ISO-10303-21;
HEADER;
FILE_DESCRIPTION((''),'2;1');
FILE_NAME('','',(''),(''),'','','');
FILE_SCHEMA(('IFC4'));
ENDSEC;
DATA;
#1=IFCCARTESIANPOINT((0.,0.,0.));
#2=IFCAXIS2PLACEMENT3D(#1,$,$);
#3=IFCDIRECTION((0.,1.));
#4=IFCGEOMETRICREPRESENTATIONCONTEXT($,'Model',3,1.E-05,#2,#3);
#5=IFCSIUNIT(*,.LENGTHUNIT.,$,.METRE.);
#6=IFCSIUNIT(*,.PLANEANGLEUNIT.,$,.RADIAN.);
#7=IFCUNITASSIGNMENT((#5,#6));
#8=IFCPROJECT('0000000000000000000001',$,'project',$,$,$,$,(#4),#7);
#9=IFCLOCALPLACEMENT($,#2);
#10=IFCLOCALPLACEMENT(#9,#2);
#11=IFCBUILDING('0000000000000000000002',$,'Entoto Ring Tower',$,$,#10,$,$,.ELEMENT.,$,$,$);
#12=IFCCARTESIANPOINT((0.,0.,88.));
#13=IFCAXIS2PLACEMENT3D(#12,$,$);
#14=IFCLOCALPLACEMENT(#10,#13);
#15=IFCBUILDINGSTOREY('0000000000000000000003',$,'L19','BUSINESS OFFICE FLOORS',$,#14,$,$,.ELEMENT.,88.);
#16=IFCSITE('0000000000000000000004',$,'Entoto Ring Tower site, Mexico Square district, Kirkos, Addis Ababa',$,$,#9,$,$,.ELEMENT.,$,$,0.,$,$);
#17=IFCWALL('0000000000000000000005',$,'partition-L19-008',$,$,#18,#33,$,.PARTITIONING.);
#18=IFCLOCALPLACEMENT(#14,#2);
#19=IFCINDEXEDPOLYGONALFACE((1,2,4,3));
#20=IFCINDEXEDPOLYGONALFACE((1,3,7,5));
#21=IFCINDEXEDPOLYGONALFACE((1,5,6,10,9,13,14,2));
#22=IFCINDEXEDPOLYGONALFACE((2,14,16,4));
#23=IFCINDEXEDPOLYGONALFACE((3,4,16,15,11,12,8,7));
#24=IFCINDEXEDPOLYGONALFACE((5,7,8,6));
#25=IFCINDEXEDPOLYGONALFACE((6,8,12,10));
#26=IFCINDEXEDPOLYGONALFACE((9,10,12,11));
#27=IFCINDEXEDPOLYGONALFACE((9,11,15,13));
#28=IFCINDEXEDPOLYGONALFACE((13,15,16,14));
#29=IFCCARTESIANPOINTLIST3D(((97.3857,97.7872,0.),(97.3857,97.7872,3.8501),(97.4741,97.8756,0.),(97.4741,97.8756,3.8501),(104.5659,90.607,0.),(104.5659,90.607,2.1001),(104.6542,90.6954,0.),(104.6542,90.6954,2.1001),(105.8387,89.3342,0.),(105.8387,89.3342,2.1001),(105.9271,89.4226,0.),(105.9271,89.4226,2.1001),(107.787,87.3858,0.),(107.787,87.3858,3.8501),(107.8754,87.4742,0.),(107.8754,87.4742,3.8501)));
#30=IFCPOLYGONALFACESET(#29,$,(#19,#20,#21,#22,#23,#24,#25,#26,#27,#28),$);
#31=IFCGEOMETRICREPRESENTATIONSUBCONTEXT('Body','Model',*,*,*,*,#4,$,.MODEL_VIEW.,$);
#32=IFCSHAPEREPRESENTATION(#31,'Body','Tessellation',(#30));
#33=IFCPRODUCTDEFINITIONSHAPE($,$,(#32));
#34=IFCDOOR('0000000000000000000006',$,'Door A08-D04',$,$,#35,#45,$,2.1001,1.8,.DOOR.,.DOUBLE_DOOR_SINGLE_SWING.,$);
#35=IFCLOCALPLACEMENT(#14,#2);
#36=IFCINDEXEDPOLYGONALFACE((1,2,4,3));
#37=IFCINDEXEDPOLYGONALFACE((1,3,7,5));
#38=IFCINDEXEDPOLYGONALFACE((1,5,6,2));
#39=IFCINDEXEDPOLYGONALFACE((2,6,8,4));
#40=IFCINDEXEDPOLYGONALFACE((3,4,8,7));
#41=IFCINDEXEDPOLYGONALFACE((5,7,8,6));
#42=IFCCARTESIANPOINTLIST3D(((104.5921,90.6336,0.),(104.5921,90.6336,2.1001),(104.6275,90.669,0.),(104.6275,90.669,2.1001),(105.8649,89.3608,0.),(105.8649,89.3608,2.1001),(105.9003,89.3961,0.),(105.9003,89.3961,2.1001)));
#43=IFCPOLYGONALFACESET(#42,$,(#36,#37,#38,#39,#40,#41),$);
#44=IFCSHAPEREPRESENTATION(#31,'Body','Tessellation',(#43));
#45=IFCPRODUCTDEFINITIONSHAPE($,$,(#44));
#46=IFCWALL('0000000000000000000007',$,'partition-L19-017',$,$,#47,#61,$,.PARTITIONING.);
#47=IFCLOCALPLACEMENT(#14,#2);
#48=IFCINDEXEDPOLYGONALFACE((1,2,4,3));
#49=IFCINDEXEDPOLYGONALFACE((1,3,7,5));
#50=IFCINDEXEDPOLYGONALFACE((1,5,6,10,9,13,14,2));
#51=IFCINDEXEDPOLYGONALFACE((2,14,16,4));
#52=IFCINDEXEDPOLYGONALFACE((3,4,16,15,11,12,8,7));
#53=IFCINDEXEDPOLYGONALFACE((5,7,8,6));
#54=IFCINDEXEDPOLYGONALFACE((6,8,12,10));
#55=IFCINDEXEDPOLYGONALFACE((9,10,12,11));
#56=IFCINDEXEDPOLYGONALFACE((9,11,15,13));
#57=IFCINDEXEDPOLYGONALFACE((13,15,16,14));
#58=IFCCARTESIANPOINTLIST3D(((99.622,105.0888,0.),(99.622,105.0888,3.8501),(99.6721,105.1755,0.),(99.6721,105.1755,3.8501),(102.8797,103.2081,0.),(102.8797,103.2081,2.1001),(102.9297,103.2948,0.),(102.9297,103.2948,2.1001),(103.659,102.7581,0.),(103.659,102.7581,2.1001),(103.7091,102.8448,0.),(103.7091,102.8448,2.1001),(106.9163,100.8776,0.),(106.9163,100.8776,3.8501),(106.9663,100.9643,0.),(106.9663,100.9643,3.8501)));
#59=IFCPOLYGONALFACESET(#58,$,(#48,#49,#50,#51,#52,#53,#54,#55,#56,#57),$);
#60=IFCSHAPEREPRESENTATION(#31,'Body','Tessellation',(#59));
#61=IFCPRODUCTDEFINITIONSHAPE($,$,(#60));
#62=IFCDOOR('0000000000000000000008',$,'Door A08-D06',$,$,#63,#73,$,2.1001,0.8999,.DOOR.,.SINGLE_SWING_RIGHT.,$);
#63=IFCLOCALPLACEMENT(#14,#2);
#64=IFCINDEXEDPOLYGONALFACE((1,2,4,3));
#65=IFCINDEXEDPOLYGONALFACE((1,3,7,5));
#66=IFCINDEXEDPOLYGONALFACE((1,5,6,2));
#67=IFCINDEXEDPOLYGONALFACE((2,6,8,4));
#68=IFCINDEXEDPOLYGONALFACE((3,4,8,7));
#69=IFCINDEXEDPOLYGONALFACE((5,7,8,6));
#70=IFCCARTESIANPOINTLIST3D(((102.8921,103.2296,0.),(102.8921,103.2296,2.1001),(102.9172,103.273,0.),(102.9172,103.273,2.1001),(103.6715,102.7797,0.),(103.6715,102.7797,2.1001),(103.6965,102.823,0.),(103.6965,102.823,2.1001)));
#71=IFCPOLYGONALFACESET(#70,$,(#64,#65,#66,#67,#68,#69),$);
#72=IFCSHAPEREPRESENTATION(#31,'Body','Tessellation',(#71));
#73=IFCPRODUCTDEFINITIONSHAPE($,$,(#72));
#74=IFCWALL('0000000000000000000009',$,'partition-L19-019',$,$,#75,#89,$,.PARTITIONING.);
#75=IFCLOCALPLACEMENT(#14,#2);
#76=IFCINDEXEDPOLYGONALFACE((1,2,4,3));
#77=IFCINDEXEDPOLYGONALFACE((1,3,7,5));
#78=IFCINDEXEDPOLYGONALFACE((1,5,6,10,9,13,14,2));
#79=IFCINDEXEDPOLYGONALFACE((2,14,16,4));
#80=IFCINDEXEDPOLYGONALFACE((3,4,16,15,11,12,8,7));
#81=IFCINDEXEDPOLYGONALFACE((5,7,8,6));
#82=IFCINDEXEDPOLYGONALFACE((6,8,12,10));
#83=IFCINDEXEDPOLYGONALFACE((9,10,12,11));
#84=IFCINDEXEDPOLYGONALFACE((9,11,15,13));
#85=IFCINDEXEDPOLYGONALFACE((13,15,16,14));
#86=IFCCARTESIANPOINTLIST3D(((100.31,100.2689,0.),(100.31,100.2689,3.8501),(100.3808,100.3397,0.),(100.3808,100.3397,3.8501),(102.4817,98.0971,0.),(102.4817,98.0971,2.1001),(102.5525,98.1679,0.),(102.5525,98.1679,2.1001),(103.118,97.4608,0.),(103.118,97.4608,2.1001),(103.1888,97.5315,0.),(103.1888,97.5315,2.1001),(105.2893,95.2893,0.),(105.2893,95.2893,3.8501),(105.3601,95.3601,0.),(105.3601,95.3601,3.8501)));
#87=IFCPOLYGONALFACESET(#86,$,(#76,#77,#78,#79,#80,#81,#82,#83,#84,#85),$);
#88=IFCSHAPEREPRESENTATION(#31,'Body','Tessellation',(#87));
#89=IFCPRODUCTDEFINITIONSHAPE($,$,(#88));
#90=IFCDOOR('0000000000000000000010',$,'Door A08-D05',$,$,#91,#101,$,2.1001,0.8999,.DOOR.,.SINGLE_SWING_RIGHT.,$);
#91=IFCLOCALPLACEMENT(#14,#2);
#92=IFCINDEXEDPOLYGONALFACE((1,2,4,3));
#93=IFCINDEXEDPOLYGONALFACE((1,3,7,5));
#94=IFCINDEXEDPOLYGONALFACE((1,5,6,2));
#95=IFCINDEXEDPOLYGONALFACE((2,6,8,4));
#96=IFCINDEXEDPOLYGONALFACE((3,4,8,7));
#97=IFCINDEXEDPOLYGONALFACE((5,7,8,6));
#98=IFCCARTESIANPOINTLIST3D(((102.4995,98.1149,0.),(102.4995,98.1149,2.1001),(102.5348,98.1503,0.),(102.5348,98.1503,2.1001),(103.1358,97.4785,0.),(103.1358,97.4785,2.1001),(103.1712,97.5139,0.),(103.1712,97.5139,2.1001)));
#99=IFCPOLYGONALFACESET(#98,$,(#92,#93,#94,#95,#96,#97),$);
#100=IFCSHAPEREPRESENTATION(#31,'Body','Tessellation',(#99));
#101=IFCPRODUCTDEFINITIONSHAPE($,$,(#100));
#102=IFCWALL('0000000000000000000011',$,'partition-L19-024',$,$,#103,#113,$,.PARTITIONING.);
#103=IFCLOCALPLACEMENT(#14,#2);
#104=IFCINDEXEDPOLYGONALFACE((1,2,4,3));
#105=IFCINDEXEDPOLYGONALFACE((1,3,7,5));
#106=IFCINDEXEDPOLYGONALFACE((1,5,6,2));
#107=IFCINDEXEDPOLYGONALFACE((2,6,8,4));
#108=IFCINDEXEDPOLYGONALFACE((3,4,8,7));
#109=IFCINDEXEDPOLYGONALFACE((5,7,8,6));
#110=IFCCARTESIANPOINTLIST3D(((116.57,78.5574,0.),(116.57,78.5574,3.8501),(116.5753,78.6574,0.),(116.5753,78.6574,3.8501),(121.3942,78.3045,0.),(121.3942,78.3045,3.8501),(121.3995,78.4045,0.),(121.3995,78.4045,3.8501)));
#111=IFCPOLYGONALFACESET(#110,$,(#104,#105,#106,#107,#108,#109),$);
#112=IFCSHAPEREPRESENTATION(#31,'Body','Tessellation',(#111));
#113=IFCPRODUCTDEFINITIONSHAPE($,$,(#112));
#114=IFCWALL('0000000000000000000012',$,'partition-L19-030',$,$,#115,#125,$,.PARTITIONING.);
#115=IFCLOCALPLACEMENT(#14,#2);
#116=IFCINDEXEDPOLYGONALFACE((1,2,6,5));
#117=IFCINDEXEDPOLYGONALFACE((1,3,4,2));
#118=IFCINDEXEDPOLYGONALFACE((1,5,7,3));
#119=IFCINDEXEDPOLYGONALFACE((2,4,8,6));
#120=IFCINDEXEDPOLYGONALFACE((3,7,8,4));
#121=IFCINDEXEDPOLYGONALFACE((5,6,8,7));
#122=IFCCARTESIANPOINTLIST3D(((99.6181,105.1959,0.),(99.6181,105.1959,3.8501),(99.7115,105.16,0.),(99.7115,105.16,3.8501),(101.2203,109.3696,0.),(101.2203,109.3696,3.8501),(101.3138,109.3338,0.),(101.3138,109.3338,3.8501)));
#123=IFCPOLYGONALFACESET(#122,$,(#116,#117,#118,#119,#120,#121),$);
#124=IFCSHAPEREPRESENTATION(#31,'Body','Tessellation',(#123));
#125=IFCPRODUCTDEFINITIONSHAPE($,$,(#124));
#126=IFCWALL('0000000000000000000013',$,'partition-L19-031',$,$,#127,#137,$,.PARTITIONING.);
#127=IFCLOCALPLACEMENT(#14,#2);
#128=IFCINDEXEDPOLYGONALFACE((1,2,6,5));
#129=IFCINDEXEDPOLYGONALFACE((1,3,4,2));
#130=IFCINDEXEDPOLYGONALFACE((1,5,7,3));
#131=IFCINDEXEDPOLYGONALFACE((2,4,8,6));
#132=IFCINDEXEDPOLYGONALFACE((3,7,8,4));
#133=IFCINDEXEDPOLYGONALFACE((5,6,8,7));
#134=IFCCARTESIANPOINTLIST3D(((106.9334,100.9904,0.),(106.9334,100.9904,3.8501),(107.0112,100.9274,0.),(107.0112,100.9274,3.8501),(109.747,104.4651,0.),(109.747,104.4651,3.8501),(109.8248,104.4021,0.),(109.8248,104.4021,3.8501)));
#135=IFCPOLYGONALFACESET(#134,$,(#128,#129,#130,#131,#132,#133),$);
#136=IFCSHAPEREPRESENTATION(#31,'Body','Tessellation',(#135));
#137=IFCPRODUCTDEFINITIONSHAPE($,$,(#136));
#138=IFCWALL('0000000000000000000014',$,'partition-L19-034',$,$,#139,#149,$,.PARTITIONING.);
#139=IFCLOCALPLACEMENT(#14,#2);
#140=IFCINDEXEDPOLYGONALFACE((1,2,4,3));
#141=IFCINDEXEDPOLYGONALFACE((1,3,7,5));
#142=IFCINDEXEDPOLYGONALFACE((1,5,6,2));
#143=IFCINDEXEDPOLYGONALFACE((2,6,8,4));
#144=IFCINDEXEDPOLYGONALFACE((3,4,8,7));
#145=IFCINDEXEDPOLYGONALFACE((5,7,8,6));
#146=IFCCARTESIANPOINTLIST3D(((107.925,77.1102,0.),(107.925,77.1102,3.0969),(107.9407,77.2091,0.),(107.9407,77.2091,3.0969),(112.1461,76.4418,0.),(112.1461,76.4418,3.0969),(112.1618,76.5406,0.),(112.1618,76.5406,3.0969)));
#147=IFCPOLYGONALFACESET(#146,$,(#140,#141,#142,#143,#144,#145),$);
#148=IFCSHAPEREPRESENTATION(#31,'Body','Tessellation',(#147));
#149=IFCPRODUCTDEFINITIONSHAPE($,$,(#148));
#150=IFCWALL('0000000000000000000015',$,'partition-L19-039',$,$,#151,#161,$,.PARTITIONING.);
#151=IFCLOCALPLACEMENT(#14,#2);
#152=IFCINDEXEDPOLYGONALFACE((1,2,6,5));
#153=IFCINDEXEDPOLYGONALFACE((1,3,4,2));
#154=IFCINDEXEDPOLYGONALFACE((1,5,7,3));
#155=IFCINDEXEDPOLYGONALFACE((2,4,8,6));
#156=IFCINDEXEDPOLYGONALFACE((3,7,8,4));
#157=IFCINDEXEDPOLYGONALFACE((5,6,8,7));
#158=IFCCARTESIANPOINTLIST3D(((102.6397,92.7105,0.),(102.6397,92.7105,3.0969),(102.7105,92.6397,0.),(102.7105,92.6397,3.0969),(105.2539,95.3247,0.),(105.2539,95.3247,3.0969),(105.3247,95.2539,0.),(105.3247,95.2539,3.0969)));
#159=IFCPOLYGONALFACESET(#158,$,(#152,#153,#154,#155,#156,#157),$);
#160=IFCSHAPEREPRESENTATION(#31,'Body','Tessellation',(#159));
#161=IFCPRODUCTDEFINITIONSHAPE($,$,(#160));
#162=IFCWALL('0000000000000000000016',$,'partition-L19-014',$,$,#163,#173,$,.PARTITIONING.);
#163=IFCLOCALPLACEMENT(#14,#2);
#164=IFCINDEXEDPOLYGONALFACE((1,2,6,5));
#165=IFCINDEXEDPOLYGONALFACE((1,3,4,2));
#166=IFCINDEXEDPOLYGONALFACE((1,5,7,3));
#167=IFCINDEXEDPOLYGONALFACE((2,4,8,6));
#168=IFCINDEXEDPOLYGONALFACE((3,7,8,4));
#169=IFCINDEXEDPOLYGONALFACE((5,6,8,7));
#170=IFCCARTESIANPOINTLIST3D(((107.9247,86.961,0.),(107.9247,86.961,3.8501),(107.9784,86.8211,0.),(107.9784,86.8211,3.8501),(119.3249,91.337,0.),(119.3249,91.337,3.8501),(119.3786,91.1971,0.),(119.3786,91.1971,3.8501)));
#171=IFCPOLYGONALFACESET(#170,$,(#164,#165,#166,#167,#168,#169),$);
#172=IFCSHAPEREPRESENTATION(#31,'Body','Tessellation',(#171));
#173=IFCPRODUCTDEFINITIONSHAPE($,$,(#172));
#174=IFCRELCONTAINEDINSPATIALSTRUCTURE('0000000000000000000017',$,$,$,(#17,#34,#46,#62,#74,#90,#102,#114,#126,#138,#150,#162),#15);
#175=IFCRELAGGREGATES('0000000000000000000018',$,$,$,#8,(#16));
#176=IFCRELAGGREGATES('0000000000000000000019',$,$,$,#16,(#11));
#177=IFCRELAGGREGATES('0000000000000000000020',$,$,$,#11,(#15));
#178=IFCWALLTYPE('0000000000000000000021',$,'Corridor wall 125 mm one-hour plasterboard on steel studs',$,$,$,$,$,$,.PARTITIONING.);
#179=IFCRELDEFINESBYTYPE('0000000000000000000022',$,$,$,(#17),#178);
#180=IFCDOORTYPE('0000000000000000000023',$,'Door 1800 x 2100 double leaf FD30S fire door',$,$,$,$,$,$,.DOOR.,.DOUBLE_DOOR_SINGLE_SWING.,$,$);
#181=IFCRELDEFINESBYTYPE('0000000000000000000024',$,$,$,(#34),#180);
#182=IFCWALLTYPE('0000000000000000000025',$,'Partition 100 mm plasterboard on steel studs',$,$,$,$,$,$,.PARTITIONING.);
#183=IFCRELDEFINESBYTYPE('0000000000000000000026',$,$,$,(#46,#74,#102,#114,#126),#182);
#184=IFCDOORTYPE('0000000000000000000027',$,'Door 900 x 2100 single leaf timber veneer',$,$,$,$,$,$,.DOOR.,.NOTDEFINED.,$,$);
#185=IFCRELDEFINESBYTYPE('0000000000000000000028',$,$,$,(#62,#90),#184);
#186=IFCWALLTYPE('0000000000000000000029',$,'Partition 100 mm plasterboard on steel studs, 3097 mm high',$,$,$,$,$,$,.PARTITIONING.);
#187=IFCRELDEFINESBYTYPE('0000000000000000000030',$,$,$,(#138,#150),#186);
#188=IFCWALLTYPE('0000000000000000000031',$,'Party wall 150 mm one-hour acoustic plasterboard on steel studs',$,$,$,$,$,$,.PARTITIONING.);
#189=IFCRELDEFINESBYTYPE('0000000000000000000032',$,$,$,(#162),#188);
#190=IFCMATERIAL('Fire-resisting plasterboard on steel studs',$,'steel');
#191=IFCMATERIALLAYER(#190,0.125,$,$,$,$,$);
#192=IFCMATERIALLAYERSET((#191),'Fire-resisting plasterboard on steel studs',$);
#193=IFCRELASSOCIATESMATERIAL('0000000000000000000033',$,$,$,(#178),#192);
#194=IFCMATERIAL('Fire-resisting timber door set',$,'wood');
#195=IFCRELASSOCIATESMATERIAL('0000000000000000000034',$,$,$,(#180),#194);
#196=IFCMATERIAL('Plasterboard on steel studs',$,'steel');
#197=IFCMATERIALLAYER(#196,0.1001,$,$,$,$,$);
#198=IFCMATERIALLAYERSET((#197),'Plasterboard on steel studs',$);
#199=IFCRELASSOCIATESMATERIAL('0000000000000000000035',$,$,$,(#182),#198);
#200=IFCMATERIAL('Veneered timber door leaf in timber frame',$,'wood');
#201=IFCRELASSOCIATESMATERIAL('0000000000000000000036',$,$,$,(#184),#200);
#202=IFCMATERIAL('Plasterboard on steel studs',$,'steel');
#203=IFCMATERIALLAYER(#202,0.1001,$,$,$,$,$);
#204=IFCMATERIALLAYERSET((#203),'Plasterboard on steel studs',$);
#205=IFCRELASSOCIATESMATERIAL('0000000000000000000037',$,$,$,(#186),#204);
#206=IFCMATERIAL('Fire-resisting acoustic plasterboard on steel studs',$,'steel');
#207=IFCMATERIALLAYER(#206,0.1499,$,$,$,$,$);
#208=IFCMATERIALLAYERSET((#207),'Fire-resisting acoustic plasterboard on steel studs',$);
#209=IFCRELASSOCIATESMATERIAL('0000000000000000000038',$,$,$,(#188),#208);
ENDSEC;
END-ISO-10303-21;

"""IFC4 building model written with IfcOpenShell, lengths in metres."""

from ifc_helpers import new_model, si_unit, direction, frame, frame_2d, origin, place, context, subcontext, project, spatial, rectangle, extrude, material, layer, layer_set, type_object, element, fill, save


model = new_model("IFC4")

# Units and contexts
model_context = context("Model", 3, precision=1e-05, world=origin(), true_north=direction((0.0, 1.0)))
body_context = subcontext(model_context, "Body", "Model", "MODEL_VIEW")
ifc_project = project(units=[si_unit("LENGTHUNIT", "METRE"), si_unit("PLANEANGLEUNIT", "RADIAN")], contexts=[model_context])

# Site, building, storey
site_placement = place(None, origin())
site = spatial("IfcSite", under=ifc_project, at=site_placement, Name="Entoto Ring Tower site, Mexico Square district, Kirkos, Addis Ababa", CompositionType="ELEMENT", RefElevation=0.0)
building_placement = place(site_placement, origin())
building = spatial("IfcBuilding", under=site, at=building_placement, Name="Entoto Ring Tower", CompositionType="ELEMENT")
storey_placement = place(building_placement, frame((0.0, 0.0, 88.0)))
storey = spatial("IfcBuildingStorey", under=building, at=storey_placement, Name="L19", Description="BUSINESS OFFICE FLOORS", CompositionType="ELEMENT", Elevation=88.0)

# Walls, openings, doors
ifc_material_1 = material(Name="Fire-resisting plasterboard on steel studs", Category="steel")
ifc_layer_1 = layer(ifc_material_1, 0.125)
ifc_layer_set_1 = layer_set([ifc_layer_1], Name="Fire-resisting plasterboard on steel studs")
wall_type_1 = type_object("IfcWallType", Name="Corridor wall 125 mm one-hour plasterboard on steel studs", PredefinedType="PARTITIONING", material=ifc_layer_set_1)
wall_1_placement = place(storey_placement, frame((107.8313, 87.4299, 0.0), z_axis=(0.0, 0.0, 1.0), x_axis=(-0.707107, 0.707107, 0.0)))
wall_1 = element("IfcWall", 1, at=wall_1_placement, inside=storey, type_object=wall_type_1, Name="partition-L19-008", PredefinedType="PARTITIONING", context=body_context, shape_type="SweptSolid", body=[
    extrude(rectangle(XDim=14.7097, YDim=0.125, at=frame_2d((7.355, 0.0))), origin(), (0.0, 0.0, 1.0), 3.8501),
])
opening_1_placement = place(wall_1_placement, frame((2.7556, 0.0, 0.0)))
opening_1 = element("IfcOpeningElement", 2, at=opening_1_placement, cuts=wall_1, PredefinedType="OPENING", context=body_context, shape_type="SweptSolid", body=[
    extrude(rectangle(XDim=1.8, YDim=2.1001, at=frame_2d((0.8999, 1.05))), frame((0.0, 0.0725, 0.0), z_axis=(0.0, -1.0, 0.0), x_axis=(1.0, 0.0, 0.0)), (0.0, 0.0, 1.0), 0.145),
])
ifc_material_2 = material(Name="Fire-resisting timber door set", Category="wood")
door_type_1 = type_object("IfcDoorType", Name="Door 1800 x 2100 double leaf FD30S fire door", OperationType="DOUBLE_DOOR_SINGLE_SWING", PredefinedType="DOOR", material=ifc_material_2)
door_1_placement = place(opening_1_placement, frame((1.8, 0.0, 0.0), z_axis=(0.0, 0.0, 1.0), x_axis=(-1.0, 0.0, 0.0)))
door_1 = element("IfcDoor", 3, at=door_1_placement, inside=storey, type_object=door_type_1, Name="Door A08-D04", OperationType="DOUBLE_DOOR_SINGLE_SWING", OverallHeight=2.1001, OverallWidth=1.8, PredefinedType="DOOR", context=body_context, shape_type="SweptSolid", body=[
    extrude(rectangle(XDim=1.8, YDim=2.1001, at=frame_2d((0.8999, 1.05))), frame((0.0, 0.0249, 0.0), z_axis=(0.0, -1.0, 0.0), x_axis=(1.0, 0.0, 0.0)), (0.0, 0.0, 1.0), 0.05),
])
fill(opening_1, door_1)
ifc_material_3 = material(Name="Plasterboard on steel studs", Category="steel")
ifc_layer_2 = layer(ifc_material_3, 0.1001)
ifc_layer_set_2 = layer_set([ifc_layer_2], Name="Plasterboard on steel studs")
wall_type_2 = type_object("IfcWallType", Name="Partition 100 mm plasterboard on steel studs", PredefinedType="PARTITIONING", material=ifc_layer_set_2)
wall_2_placement = place(storey_placement, frame((106.9414, 100.9209, 0.0), z_axis=(0.0, 0.0, 1.0), x_axis=(-0.866032, 0.499989, 0.0)))
wall_2 = element("IfcWall", 4, at=wall_2_placement, inside=storey, type_object=wall_type_2, Name="partition-L19-017", PredefinedType="PARTITIONING", context=body_context, shape_type="SweptSolid", body=[
    extrude(rectangle(XDim=8.4226, YDim=0.1001, at=frame_2d((4.2114, 0.0))), origin(), (0.0, 0.0, 1.0), 3.8501),
])
opening_2_placement = place(wall_2_placement, frame((3.7612, 0.0, 0.0)))
opening_2 = element("IfcOpeningElement", 5, at=opening_2_placement, cuts=wall_2, PredefinedType="OPENING", context=body_context, shape_type="SweptSolid", body=[
    extrude(rectangle(XDim=0.8999, YDim=2.1001, at=frame_2d((0.45, 1.05))), frame((0.0, 0.0601, 0.0), z_axis=(0.0, -1.0, 0.0), x_axis=(1.0, 0.0, 0.0)), (0.0, 0.0, 1.0), 0.1201),
])
ifc_material_4 = material(Name="Veneered timber door leaf in timber frame", Category="wood")
door_type_2 = type_object("IfcDoorType", Name="Door 900 x 2100 single leaf timber veneer", OperationType="NOTDEFINED", PredefinedType="DOOR", material=ifc_material_4)
door_2_placement = place(opening_2_placement, frame((0.8999, 0.0, 0.0), z_axis=(0.0, 0.0, 1.0), x_axis=(-1.0, 0.0, 0.0)))
door_2 = element("IfcDoor", 6, at=door_2_placement, inside=storey, type_object=door_type_2, Name="Door A08-D06", OperationType="SINGLE_SWING_RIGHT", OverallHeight=2.1001, OverallWidth=0.8999, PredefinedType="DOOR", context=body_context, shape_type="SweptSolid", body=[
    extrude(rectangle(XDim=0.8999, YDim=2.1001, at=frame_2d((0.45, 1.05))), frame((0.0, 0.0249, 0.0), z_axis=(0.0, -1.0, 0.0), x_axis=(1.0, 0.0, 0.0)), (0.0, 0.0, 1.0), 0.05),
])
fill(opening_2, door_2)
wall_3_placement = place(storey_placement, frame((105.3247, 95.3247, 0.0), z_axis=(0.0, 0.0, 1.0), x_axis=(-0.707089, 0.707124, 0.0)))
wall_3 = element("IfcWall", 7, at=wall_3_placement, inside=storey, type_object=wall_type_2, Name="partition-L19-019", PredefinedType="PARTITIONING", context=body_context, shape_type="SweptSolid", body=[
    extrude(rectangle(XDim=7.042, YDim=0.1001, at=frame_2d((3.521, 0.0))), origin(), (0.0, 0.0, 1.0), 3.8501),
])
opening_3_placement = place(wall_3_placement, frame((3.0708, 0.0, 0.0)))
opening_3 = element("IfcOpeningElement", 8, at=opening_3_placement, cuts=wall_3, PredefinedType="OPENING", context=body_context, shape_type="SweptSolid", body=[
    extrude(rectangle(XDim=0.8999, YDim=2.1001, at=frame_2d((0.45, 1.05))), frame((0.0, 0.0601, 0.0), z_axis=(0.0, -1.0, 0.0), x_axis=(1.0, 0.0, 0.0)), (0.0, 0.0, 1.0), 0.1201),
])
door_3_placement = place(opening_3_placement, origin())
door_3 = element("IfcDoor", 9, at=door_3_placement, inside=storey, type_object=door_type_2, Name="Door A08-D05", OperationType="SINGLE_SWING_RIGHT", OverallHeight=2.1001, OverallWidth=0.8999, PredefinedType="DOOR", context=body_context, shape_type="SweptSolid", body=[
    extrude(rectangle(XDim=0.8999, YDim=2.1001, at=frame_2d((0.45, 1.05))), frame((0.0, 0.0249, 0.0), z_axis=(0.0, -1.0, 0.0), x_axis=(1.0, 0.0, 0.0)), (0.0, 0.0, 1.0), 0.05),
])
fill(opening_3, door_3)

# Walls
wall_4_placement = place(storey_placement, frame((121.397, 78.3545, 0.0), z_axis=(0.0, 0.0, 1.0), x_axis=(-0.998628, 0.052357, 0.0)))
element("IfcWall", 10, at=wall_4_placement, inside=storey, type_object=wall_type_2, Name="partition-L19-024", PredefinedType="PARTITIONING", context=body_context, shape_type="SweptSolid", body=[
    extrude(rectangle(XDim=4.8308, YDim=0.1001, at=frame_2d((2.4155, 0.0))), origin(), (0.0, 0.0, 1.0), 3.8501),
])
wall_5_placement = place(storey_placement, frame((99.6648, 105.178, 0.0), z_axis=(0.0, 0.0, 1.0), x_axis=(0.35839, 0.933572, 0.0)))
element("IfcWall", 11, at=wall_5_placement, inside=storey, type_object=wall_type_2, Name="partition-L19-030", PredefinedType="PARTITIONING", context=body_context, shape_type="SweptSolid", body=[
    extrude(rectangle(XDim=4.4707, YDim=0.1001, at=frame_2d((2.2354, 0.0))), origin(), (0.0, 0.0, 1.0), 3.8501),
])
wall_6_placement = place(storey_placement, frame((106.9724, 100.959, 0.0), z_axis=(0.0, 0.0, 1.0), x_axis=(0.629292, 0.777169, 0.0)))
element("IfcWall", 12, at=wall_6_placement, inside=storey, type_object=wall_type_2, Name="partition-L19-031", PredefinedType="PARTITIONING", context=body_context, shape_type="SweptSolid", body=[
    extrude(rectangle(XDim=4.4709, YDim=0.1001, at=frame_2d((2.2354, 0.0))), origin(), (0.0, 0.0, 1.0), 3.8501),
])
ifc_material_5 = material(Name="Plasterboard on steel studs", Category="steel")
ifc_layer_3 = layer(ifc_material_5, 0.1001)
ifc_layer_set_3 = layer_set([ifc_layer_3], Name="Plasterboard on steel studs")
wall_type_3 = type_object("IfcWallType", Name="Partition 100 mm plasterboard on steel studs, 3097 mm high", PredefinedType="PARTITIONING", material=ifc_layer_set_3)
wall_7_placement = place(storey_placement, frame((112.1538, 76.4912, 0.0), z_axis=(0.0, 0.0, 1.0), x_axis=(-0.987692, 0.156408, 0.0)))
element("IfcWall", 13, at=wall_7_placement, inside=storey, type_object=wall_type_3, Name="partition-L19-034", PredefinedType="PARTITIONING", context=body_context, shape_type="SweptSolid", body=[
    extrude(rectangle(XDim=4.2737, YDim=0.1001, at=frame_2d((2.1367, 0.0))), origin(), (0.0, 0.0, 1.0), 3.0969),
])
wall_8_placement = place(storey_placement, frame((102.675, 92.675, 0.0), z_axis=(0.0, 0.0, 1.0), x_axis=(0.707107, 0.707107, 0.0)))
element("IfcWall", 14, at=wall_8_placement, inside=storey, type_object=wall_type_3, Name="partition-L19-039", PredefinedType="PARTITIONING", context=body_context, shape_type="SweptSolid", body=[
    extrude(rectangle(XDim=3.697, YDim=0.1001, at=frame_2d((1.8486, 0.0))), origin(), (0.0, 0.0, 1.0), 3.0969),
])
ifc_material_6 = material(Name="Fire-resisting acoustic plasterboard on steel studs", Category="steel")
ifc_layer_4 = layer(ifc_material_6, 0.1499)
ifc_layer_set_4 = layer_set([ifc_layer_4], Name="Fire-resisting acoustic plasterboard on steel studs")
wall_type_4 = type_object("IfcWallType", Name="Party wall 150 mm one-hour acoustic plasterboard on steel studs", PredefinedType="PARTITIONING", material=ifc_layer_set_4)
wall_9_placement = place(storey_placement, frame((107.9517, 86.8911, 0.0), z_axis=(0.0, 0.0, 1.0), x_axis=(0.933584, 0.358359, 0.0)))
element("IfcWall", 15, at=wall_9_placement, inside=storey, type_object=wall_type_4, Name="partition-L19-014", PredefinedType="PARTITIONING", context=body_context, shape_type="SweptSolid", body=[
    extrude(rectangle(XDim=12.2112, YDim=0.1499, at=frame_2d((6.1055, 0.0))), origin(), (0.0, 0.0, 1.0), 3.8501),
])

save(model, "model.ifc")
